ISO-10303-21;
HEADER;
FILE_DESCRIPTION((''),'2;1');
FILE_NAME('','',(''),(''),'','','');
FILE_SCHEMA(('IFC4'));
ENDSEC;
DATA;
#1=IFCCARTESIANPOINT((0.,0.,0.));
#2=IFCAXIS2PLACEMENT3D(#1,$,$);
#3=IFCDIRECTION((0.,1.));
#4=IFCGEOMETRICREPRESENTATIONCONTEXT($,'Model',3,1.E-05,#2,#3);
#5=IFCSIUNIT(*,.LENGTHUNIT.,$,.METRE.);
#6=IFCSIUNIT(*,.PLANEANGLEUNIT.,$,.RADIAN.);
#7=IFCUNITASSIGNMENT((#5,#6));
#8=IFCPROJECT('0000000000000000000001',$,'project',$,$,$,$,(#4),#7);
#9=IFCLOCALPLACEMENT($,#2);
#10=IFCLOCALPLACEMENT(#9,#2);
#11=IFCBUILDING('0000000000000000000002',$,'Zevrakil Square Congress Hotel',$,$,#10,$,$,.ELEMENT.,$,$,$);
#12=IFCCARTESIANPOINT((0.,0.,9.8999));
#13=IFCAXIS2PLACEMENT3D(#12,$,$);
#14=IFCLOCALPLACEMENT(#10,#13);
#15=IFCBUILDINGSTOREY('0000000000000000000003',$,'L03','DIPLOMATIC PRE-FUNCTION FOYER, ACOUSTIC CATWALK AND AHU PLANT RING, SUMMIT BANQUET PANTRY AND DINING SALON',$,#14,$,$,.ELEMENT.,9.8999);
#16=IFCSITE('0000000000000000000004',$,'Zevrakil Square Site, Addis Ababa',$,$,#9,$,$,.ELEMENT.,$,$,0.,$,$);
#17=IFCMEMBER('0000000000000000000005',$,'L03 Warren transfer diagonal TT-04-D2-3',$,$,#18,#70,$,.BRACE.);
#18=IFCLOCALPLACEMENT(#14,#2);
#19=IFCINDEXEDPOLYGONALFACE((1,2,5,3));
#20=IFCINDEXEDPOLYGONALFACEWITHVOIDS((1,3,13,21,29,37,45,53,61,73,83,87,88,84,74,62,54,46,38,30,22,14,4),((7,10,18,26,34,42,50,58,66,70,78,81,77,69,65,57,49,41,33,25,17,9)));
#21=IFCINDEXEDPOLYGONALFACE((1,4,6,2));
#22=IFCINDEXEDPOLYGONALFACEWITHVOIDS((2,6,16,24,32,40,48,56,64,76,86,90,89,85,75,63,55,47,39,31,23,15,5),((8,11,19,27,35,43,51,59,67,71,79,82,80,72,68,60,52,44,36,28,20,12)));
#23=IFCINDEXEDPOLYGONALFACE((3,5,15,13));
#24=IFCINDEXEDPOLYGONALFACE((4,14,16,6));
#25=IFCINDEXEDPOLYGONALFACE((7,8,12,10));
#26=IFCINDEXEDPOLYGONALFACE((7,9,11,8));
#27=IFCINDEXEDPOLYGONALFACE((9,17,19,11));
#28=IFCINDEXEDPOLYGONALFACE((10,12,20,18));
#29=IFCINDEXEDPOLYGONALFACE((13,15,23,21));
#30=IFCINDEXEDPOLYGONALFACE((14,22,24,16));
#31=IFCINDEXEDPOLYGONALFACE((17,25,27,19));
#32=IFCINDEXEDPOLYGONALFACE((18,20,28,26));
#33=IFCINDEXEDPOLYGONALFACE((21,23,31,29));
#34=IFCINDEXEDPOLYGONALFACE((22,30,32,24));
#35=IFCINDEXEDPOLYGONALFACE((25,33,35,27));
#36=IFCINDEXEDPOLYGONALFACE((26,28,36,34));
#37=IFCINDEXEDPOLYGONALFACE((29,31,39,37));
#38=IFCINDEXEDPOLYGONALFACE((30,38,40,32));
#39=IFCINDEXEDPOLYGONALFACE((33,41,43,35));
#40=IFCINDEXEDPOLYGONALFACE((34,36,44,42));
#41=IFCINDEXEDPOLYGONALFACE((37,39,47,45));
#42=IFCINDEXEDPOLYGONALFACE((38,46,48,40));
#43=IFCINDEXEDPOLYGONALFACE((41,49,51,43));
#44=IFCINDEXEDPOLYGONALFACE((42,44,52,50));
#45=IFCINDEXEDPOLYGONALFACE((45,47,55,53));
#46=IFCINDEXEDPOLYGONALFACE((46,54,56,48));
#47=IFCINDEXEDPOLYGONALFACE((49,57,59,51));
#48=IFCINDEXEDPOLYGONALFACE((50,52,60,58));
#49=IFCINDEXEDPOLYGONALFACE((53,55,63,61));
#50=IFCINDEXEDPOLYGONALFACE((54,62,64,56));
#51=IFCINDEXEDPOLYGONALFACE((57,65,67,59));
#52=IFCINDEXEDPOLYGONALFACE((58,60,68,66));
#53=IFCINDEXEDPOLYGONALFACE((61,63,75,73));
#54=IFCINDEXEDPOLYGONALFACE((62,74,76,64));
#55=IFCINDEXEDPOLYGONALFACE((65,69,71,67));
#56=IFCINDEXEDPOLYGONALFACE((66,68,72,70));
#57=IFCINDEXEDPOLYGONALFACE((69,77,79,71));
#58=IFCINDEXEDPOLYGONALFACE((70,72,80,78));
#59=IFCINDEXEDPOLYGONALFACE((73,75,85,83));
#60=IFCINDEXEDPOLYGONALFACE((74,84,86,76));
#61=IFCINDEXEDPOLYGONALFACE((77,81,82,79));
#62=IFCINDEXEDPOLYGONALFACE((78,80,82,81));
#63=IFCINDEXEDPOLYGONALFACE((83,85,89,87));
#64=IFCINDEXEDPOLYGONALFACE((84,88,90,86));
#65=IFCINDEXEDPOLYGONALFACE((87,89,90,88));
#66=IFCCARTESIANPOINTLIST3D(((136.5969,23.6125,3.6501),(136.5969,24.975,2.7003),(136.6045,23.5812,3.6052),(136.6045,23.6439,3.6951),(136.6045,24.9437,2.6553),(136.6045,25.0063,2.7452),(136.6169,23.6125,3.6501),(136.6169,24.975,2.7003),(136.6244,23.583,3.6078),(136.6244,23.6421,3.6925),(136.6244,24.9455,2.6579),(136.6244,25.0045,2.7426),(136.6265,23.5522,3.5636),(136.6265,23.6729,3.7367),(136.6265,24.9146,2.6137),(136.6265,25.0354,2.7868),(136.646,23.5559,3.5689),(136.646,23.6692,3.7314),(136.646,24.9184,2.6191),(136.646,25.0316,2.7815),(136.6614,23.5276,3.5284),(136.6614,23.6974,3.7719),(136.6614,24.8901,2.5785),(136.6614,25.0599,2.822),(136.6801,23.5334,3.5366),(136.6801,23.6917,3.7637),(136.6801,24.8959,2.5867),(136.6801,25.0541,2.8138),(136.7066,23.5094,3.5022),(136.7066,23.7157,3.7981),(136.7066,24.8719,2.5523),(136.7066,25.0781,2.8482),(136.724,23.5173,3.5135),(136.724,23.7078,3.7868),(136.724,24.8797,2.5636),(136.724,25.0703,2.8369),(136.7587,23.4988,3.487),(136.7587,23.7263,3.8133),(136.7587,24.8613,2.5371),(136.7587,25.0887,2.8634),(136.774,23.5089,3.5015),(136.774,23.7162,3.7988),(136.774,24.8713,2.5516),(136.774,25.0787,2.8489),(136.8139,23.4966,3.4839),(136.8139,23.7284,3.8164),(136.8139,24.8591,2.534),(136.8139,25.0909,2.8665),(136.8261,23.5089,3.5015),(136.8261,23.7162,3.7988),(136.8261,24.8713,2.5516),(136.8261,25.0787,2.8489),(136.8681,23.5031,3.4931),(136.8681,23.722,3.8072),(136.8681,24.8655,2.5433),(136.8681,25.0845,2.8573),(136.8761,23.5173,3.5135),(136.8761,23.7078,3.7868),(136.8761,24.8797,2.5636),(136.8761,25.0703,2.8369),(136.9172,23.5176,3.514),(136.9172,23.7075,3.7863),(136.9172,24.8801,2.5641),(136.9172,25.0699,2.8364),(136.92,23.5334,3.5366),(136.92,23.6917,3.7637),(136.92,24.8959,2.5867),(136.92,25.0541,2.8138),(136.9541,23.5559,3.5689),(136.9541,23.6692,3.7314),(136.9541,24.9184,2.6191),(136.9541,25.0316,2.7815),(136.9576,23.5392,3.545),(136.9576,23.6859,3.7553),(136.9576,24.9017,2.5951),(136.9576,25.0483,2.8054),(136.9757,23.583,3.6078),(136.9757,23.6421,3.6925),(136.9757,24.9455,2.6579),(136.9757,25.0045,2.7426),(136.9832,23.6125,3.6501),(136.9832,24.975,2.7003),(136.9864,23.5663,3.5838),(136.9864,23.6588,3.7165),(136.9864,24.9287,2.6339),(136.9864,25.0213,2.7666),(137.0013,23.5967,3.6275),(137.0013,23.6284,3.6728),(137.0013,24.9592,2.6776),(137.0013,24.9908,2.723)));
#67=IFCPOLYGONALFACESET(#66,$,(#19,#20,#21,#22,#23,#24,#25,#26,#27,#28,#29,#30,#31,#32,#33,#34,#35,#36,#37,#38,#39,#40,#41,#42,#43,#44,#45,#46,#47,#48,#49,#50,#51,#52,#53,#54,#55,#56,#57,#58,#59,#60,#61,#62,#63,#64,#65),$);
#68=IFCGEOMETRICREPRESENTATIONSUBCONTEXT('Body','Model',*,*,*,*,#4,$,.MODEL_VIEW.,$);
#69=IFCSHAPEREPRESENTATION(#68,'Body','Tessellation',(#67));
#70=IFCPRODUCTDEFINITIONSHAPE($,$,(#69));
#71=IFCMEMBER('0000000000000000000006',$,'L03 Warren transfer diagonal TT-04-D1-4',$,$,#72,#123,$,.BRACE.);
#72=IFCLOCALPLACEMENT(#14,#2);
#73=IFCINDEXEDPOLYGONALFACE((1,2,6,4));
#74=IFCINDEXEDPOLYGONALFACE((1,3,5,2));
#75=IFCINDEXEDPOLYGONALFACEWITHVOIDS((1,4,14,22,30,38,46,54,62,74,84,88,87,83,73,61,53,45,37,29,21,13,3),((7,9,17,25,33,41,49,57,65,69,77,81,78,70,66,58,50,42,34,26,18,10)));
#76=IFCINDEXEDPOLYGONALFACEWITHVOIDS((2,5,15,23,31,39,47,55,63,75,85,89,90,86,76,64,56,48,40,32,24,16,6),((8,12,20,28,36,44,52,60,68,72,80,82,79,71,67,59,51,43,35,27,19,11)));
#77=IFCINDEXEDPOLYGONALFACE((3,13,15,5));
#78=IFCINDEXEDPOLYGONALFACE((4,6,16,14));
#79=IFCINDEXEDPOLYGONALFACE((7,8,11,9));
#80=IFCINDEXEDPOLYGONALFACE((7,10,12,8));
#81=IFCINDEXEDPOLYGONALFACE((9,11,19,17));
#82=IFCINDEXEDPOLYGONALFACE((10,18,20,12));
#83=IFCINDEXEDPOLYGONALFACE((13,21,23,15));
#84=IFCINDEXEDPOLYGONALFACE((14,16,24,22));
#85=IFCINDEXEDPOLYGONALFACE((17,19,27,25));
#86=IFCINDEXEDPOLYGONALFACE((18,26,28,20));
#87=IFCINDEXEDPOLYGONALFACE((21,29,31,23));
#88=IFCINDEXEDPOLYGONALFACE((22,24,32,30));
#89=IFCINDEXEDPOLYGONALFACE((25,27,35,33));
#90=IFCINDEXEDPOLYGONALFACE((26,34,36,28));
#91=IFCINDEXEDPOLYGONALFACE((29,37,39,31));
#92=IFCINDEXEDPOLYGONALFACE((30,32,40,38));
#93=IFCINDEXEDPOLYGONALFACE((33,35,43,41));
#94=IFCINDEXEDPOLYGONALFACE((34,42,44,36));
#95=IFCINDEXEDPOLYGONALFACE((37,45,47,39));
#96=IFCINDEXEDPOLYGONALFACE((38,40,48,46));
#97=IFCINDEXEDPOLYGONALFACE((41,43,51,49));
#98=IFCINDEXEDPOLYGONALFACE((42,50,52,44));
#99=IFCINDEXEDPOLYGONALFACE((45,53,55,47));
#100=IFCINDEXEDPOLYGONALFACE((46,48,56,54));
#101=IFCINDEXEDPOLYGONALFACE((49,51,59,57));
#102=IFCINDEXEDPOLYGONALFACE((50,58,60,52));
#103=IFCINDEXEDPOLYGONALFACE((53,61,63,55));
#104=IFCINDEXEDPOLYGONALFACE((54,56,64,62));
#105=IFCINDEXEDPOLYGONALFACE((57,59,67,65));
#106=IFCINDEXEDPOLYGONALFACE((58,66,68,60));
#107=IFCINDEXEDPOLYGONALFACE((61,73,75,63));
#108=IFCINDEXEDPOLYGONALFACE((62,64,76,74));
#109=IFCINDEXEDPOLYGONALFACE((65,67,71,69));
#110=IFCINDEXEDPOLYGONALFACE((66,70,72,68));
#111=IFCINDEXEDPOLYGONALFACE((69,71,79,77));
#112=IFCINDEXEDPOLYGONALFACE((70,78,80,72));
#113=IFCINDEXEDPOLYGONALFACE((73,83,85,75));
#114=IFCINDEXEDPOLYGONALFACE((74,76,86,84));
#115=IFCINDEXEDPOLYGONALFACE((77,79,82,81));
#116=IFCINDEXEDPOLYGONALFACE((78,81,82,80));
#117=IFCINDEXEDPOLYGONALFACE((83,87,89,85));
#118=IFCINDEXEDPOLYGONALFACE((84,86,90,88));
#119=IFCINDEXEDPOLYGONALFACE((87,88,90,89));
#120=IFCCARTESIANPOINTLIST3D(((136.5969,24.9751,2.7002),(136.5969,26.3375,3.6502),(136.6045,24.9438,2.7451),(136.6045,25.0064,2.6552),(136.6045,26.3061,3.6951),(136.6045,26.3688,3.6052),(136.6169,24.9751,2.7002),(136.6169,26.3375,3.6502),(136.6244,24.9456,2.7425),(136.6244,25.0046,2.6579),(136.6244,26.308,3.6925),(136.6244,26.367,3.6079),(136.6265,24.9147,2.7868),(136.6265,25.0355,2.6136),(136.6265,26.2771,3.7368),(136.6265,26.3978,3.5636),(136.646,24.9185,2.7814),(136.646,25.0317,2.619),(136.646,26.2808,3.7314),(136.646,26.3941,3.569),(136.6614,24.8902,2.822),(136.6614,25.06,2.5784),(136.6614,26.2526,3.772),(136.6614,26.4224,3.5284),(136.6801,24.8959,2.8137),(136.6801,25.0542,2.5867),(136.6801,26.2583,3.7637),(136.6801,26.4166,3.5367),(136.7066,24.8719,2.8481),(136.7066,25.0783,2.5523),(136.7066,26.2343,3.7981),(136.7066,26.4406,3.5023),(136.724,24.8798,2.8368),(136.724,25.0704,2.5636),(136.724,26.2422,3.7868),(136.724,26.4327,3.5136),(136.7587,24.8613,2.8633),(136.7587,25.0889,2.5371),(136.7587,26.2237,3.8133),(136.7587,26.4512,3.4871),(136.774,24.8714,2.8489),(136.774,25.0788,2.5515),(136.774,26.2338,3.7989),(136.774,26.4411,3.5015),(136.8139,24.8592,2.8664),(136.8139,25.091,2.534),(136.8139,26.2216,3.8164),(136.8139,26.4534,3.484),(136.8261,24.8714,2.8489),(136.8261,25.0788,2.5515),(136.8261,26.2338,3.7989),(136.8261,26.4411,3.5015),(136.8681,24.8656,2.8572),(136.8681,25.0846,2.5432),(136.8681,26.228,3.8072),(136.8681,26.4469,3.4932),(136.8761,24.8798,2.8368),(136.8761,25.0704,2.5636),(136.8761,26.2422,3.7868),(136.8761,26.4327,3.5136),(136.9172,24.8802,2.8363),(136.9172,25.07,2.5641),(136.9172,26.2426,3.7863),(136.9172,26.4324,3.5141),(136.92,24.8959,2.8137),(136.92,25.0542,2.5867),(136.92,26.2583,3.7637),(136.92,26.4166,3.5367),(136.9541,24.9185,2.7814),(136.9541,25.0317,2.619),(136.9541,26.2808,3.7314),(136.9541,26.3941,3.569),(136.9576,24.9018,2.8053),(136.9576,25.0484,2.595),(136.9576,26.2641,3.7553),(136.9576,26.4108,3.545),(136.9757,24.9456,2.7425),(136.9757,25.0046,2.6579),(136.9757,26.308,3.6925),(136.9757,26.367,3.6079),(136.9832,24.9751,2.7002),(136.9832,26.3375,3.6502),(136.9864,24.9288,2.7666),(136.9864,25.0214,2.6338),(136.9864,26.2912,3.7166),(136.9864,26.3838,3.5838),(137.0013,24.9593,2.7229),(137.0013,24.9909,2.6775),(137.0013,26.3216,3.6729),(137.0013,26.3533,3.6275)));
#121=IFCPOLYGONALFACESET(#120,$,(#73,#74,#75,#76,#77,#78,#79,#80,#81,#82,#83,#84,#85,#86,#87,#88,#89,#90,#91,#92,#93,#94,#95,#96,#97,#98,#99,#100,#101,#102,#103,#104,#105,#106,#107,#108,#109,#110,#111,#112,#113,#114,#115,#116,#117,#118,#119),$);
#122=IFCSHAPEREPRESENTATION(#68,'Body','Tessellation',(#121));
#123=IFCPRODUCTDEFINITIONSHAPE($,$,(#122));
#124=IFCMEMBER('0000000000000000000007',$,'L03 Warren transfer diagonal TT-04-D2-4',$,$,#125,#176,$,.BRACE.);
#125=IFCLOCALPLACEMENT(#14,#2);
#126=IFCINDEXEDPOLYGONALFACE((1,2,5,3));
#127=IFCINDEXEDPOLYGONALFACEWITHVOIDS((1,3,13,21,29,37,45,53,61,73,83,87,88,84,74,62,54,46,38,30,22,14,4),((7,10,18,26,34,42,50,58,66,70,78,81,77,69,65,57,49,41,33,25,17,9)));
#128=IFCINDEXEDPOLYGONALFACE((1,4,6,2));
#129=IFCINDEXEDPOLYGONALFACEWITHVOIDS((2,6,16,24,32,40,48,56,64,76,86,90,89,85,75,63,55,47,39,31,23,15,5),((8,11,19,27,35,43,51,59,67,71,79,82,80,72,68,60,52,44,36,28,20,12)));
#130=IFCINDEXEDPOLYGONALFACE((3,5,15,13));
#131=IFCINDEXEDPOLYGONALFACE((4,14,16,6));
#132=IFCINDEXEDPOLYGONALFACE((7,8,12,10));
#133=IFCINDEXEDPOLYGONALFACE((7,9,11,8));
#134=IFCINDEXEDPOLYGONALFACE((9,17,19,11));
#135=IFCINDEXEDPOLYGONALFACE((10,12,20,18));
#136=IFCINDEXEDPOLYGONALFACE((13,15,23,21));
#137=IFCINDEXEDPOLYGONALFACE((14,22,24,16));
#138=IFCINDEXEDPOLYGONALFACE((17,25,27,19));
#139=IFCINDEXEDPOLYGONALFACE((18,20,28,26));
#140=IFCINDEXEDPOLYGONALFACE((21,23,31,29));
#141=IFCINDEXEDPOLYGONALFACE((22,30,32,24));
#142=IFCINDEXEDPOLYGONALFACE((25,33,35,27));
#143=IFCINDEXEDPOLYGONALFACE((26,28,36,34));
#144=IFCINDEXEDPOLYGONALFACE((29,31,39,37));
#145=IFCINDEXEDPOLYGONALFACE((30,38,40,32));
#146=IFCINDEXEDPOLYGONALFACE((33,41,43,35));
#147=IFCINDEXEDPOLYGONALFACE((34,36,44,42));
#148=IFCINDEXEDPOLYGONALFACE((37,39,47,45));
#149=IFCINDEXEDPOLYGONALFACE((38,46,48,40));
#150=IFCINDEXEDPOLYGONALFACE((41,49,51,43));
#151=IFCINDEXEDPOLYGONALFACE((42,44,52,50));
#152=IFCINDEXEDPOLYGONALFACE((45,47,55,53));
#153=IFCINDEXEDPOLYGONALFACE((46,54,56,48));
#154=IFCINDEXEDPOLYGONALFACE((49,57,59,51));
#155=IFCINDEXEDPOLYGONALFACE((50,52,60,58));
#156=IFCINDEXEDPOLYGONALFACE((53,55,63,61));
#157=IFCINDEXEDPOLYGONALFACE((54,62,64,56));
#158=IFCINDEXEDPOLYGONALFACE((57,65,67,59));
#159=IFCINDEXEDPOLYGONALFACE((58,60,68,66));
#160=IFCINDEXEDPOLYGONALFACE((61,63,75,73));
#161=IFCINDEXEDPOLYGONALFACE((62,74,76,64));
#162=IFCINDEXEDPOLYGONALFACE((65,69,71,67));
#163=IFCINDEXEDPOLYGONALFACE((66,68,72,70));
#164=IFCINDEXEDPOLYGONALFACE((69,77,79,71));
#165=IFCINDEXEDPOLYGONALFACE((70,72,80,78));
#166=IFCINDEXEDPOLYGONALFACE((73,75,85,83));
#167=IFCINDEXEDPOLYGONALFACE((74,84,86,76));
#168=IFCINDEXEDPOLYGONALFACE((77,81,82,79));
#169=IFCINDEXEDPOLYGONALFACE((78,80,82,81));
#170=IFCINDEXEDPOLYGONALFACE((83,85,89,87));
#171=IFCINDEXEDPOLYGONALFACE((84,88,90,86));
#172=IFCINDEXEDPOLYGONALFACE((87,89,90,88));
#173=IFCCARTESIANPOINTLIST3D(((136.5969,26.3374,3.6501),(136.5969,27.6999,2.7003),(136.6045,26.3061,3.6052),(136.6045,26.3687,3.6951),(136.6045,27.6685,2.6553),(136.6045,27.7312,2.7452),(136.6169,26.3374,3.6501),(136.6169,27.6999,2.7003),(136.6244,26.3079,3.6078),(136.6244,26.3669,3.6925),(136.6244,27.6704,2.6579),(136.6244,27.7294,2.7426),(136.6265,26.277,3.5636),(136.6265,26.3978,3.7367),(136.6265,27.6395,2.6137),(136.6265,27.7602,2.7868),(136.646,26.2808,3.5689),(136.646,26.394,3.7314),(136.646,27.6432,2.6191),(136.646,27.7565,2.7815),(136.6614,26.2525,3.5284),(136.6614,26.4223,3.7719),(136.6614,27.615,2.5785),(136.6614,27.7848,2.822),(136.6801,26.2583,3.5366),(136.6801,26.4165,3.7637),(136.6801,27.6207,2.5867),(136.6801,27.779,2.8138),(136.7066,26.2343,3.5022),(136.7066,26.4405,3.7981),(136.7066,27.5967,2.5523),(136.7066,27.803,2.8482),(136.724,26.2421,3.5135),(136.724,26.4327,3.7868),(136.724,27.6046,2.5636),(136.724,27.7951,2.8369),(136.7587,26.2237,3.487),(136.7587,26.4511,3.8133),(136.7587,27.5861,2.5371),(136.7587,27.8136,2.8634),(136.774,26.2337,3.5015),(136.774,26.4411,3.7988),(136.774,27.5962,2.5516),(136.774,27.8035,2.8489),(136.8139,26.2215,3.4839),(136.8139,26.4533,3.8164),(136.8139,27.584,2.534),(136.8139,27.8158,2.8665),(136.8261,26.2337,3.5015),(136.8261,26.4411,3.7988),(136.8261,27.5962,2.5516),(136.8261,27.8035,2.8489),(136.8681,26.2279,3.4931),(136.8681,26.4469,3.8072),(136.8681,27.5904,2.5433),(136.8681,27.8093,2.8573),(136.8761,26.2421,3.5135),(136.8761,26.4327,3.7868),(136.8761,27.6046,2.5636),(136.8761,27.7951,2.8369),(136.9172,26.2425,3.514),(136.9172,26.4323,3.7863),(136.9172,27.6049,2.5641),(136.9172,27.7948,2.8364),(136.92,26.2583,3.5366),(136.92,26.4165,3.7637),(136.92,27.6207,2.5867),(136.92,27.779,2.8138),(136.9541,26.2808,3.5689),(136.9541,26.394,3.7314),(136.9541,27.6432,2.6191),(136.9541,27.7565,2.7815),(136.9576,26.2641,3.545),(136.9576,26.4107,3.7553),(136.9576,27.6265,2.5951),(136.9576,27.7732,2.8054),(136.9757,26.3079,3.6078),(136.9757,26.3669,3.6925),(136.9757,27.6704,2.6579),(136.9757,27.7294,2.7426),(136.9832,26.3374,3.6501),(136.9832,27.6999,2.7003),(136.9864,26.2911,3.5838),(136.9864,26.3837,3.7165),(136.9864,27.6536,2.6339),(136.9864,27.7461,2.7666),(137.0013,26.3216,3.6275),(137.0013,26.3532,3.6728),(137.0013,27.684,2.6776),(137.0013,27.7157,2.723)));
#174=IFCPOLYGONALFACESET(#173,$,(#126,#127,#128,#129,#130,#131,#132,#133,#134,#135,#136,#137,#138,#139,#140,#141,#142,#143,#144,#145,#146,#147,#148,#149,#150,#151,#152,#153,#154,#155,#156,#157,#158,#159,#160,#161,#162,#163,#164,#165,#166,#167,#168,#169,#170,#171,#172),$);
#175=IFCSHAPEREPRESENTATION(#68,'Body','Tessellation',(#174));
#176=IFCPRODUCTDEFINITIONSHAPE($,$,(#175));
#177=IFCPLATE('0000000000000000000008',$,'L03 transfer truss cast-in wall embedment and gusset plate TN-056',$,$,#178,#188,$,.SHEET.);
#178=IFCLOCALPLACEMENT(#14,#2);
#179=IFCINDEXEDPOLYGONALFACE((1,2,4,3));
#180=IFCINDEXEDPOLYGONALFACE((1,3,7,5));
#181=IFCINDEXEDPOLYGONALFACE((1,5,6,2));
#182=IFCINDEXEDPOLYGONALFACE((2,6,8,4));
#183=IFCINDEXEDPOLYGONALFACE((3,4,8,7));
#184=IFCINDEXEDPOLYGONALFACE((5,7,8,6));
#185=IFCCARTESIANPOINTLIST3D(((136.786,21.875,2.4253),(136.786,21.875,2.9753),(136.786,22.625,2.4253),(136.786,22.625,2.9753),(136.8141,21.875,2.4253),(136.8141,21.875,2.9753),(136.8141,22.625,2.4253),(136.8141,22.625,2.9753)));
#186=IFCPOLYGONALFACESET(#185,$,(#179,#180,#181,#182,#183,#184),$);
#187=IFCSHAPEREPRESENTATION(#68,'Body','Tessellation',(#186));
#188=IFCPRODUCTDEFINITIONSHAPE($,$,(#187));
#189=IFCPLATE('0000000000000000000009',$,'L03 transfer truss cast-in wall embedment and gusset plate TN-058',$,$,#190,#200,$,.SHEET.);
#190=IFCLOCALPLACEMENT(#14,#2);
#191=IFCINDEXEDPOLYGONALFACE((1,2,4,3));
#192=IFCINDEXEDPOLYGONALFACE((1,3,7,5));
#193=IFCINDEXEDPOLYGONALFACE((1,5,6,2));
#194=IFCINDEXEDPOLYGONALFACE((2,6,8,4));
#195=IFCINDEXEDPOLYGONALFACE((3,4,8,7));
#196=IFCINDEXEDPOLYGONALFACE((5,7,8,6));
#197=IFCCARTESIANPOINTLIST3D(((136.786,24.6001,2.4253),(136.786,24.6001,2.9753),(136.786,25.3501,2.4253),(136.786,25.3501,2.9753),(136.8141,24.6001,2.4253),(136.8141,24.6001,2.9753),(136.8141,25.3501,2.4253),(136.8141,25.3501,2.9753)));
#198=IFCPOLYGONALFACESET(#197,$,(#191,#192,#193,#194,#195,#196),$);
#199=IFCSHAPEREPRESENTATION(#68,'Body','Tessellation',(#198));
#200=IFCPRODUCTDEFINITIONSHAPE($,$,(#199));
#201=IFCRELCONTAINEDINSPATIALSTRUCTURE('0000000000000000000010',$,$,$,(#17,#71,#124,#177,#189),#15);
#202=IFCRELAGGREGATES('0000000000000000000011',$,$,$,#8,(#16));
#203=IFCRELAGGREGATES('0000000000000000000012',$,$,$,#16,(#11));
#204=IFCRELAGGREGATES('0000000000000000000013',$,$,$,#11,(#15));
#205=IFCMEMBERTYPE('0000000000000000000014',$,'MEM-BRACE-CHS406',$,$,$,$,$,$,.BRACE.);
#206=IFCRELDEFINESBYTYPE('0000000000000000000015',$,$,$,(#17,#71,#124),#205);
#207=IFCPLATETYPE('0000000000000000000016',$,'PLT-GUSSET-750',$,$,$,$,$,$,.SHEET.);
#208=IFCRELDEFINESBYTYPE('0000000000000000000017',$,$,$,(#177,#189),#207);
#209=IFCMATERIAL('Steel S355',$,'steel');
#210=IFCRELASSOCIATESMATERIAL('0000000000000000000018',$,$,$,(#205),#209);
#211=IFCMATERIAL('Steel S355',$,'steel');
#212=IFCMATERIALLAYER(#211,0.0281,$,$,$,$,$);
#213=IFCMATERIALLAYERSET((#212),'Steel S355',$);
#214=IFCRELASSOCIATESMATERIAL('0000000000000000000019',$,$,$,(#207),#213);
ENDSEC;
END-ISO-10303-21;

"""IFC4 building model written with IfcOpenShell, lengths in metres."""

from ifc_helpers import new_model, si_unit, direction, frame, origin, origin_2d, place, context, subcontext, project, spatial, rectangle, hollow_circle, extrude, material, layer, layer_set, material_profile, profile_set, type_object, element, save


model = new_model("IFC4")

# Units and contexts
model_context = context("Model", 3, precision=1e-05, world=origin(), true_north=direction((0.0, 1.0)))
body_context = subcontext(model_context, "Body", "Model", "MODEL_VIEW")
ifc_project = project(units=[si_unit("LENGTHUNIT", "METRE"), si_unit("PLANEANGLEUNIT", "RADIAN")], contexts=[model_context])

# Site, building, storey
site_placement = place(None, origin())
site = spatial("IfcSite", under=ifc_project, at=site_placement, Name="Zevrakil Square Site, Addis Ababa", CompositionType="ELEMENT", RefElevation=0.0)
building_placement = place(site_placement, origin())
building = spatial("IfcBuilding", under=site, at=building_placement, Name="Zevrakil Square Congress Hotel", CompositionType="ELEMENT")
storey_placement = place(building_placement, frame((0.0, 0.0, 9.8999)))
storey = spatial("IfcBuildingStorey", under=building, at=storey_placement, Name="L03", Description="DIPLOMATIC PRE-FUNCTION FOYER, ACOUSTIC CATWALK AND AHU PLANT RING, SUMMIT BANQUET PANTRY AND DINING SALON", CompositionType="ELEMENT", Elevation=9.8999)

# Members
ifc_material_1 = material(Name="Steel S355", Category="steel")
ifc_material_profile_1 = material_profile(ifc_material_1, hollow_circle(Radius=0.2031, WallThickness=0.02, at=origin_2d()), Name="CHS 406.4x20")
ifc_profile_set_1 = profile_set([ifc_material_profile_1], Name="Steel S355")
member_type = type_object("IfcMemberType", Name="MEM-BRACE-CHS406", PredefinedType="BRACE", material=ifc_profile_set_1)
for number, where, z_axis, x_axis, name in (
    (1, (136.8, 23.6125, 3.6501), (0.0, 0.820315, -0.571913), (-1.0, 0.0, 0.0), "L03 Warren transfer diagonal TT-04-D2-3"),
    (2, (136.8, 24.9751, 2.7002), (0.0, 0.820266, 0.571982), (-1.0, 0.0, 0.0), "L03 Warren transfer diagonal TT-04-D1-4"),
    (3, (136.8, 26.3374, 3.6501), (0.0, 0.820315, -0.571913), (-1.0, 0.0, 0.0), "L03 Warren transfer diagonal TT-04-D2-4"),
):
    element("IfcMember", number, at=place(storey_placement, frame(where, z_axis=z_axis, x_axis=x_axis)), inside=storey, type_object=member_type, Name=name, PredefinedType="BRACE", context=body_context, shape_type="SweptSolid", body=[
        extrude(hollow_circle(Radius=0.2031, WallThickness=0.02, at=origin_2d()), origin(), (0.0, 0.0, 1.0), 1.6609),
    ])

# Plates
ifc_material_2 = material(Name="Steel S355", Category="steel")
ifc_layer_1 = layer(ifc_material_2, 0.0281)
ifc_layer_set_1 = layer_set([ifc_layer_1], Name="Steel S355")
plate_type_1 = type_object("IfcPlateType", Name="PLT-GUSSET-750", PredefinedType="SHEET", material=ifc_layer_set_1)
for number, where, z_axis, x_axis, name in (
    (4, (136.8, 22.25, 2.4253), (0.0, 0.0, 1.0), (0.0, 1.0, 0.0), "L03 transfer truss cast-in wall embedment and gusset plate TN-056"),
    (5, (136.8, 24.9751, 2.4253), (0.0, 0.0, 1.0), (0.0, 1.0, 0.0), "L03 transfer truss cast-in wall embedment and gusset plate TN-058"),
):
    element("IfcPlate", number, at=place(storey_placement, frame(where, z_axis=z_axis, x_axis=x_axis)), inside=storey, type_object=plate_type_1, Name=name, PredefinedType="SHEET", context=body_context, shape_type="SweptSolid", body=[
        extrude(rectangle(XDim=0.75, YDim=0.0281, at=origin_2d()), origin(), (0.0, 0.0, 1.0), 0.55),
    ])

save(model, "model.ifc")
